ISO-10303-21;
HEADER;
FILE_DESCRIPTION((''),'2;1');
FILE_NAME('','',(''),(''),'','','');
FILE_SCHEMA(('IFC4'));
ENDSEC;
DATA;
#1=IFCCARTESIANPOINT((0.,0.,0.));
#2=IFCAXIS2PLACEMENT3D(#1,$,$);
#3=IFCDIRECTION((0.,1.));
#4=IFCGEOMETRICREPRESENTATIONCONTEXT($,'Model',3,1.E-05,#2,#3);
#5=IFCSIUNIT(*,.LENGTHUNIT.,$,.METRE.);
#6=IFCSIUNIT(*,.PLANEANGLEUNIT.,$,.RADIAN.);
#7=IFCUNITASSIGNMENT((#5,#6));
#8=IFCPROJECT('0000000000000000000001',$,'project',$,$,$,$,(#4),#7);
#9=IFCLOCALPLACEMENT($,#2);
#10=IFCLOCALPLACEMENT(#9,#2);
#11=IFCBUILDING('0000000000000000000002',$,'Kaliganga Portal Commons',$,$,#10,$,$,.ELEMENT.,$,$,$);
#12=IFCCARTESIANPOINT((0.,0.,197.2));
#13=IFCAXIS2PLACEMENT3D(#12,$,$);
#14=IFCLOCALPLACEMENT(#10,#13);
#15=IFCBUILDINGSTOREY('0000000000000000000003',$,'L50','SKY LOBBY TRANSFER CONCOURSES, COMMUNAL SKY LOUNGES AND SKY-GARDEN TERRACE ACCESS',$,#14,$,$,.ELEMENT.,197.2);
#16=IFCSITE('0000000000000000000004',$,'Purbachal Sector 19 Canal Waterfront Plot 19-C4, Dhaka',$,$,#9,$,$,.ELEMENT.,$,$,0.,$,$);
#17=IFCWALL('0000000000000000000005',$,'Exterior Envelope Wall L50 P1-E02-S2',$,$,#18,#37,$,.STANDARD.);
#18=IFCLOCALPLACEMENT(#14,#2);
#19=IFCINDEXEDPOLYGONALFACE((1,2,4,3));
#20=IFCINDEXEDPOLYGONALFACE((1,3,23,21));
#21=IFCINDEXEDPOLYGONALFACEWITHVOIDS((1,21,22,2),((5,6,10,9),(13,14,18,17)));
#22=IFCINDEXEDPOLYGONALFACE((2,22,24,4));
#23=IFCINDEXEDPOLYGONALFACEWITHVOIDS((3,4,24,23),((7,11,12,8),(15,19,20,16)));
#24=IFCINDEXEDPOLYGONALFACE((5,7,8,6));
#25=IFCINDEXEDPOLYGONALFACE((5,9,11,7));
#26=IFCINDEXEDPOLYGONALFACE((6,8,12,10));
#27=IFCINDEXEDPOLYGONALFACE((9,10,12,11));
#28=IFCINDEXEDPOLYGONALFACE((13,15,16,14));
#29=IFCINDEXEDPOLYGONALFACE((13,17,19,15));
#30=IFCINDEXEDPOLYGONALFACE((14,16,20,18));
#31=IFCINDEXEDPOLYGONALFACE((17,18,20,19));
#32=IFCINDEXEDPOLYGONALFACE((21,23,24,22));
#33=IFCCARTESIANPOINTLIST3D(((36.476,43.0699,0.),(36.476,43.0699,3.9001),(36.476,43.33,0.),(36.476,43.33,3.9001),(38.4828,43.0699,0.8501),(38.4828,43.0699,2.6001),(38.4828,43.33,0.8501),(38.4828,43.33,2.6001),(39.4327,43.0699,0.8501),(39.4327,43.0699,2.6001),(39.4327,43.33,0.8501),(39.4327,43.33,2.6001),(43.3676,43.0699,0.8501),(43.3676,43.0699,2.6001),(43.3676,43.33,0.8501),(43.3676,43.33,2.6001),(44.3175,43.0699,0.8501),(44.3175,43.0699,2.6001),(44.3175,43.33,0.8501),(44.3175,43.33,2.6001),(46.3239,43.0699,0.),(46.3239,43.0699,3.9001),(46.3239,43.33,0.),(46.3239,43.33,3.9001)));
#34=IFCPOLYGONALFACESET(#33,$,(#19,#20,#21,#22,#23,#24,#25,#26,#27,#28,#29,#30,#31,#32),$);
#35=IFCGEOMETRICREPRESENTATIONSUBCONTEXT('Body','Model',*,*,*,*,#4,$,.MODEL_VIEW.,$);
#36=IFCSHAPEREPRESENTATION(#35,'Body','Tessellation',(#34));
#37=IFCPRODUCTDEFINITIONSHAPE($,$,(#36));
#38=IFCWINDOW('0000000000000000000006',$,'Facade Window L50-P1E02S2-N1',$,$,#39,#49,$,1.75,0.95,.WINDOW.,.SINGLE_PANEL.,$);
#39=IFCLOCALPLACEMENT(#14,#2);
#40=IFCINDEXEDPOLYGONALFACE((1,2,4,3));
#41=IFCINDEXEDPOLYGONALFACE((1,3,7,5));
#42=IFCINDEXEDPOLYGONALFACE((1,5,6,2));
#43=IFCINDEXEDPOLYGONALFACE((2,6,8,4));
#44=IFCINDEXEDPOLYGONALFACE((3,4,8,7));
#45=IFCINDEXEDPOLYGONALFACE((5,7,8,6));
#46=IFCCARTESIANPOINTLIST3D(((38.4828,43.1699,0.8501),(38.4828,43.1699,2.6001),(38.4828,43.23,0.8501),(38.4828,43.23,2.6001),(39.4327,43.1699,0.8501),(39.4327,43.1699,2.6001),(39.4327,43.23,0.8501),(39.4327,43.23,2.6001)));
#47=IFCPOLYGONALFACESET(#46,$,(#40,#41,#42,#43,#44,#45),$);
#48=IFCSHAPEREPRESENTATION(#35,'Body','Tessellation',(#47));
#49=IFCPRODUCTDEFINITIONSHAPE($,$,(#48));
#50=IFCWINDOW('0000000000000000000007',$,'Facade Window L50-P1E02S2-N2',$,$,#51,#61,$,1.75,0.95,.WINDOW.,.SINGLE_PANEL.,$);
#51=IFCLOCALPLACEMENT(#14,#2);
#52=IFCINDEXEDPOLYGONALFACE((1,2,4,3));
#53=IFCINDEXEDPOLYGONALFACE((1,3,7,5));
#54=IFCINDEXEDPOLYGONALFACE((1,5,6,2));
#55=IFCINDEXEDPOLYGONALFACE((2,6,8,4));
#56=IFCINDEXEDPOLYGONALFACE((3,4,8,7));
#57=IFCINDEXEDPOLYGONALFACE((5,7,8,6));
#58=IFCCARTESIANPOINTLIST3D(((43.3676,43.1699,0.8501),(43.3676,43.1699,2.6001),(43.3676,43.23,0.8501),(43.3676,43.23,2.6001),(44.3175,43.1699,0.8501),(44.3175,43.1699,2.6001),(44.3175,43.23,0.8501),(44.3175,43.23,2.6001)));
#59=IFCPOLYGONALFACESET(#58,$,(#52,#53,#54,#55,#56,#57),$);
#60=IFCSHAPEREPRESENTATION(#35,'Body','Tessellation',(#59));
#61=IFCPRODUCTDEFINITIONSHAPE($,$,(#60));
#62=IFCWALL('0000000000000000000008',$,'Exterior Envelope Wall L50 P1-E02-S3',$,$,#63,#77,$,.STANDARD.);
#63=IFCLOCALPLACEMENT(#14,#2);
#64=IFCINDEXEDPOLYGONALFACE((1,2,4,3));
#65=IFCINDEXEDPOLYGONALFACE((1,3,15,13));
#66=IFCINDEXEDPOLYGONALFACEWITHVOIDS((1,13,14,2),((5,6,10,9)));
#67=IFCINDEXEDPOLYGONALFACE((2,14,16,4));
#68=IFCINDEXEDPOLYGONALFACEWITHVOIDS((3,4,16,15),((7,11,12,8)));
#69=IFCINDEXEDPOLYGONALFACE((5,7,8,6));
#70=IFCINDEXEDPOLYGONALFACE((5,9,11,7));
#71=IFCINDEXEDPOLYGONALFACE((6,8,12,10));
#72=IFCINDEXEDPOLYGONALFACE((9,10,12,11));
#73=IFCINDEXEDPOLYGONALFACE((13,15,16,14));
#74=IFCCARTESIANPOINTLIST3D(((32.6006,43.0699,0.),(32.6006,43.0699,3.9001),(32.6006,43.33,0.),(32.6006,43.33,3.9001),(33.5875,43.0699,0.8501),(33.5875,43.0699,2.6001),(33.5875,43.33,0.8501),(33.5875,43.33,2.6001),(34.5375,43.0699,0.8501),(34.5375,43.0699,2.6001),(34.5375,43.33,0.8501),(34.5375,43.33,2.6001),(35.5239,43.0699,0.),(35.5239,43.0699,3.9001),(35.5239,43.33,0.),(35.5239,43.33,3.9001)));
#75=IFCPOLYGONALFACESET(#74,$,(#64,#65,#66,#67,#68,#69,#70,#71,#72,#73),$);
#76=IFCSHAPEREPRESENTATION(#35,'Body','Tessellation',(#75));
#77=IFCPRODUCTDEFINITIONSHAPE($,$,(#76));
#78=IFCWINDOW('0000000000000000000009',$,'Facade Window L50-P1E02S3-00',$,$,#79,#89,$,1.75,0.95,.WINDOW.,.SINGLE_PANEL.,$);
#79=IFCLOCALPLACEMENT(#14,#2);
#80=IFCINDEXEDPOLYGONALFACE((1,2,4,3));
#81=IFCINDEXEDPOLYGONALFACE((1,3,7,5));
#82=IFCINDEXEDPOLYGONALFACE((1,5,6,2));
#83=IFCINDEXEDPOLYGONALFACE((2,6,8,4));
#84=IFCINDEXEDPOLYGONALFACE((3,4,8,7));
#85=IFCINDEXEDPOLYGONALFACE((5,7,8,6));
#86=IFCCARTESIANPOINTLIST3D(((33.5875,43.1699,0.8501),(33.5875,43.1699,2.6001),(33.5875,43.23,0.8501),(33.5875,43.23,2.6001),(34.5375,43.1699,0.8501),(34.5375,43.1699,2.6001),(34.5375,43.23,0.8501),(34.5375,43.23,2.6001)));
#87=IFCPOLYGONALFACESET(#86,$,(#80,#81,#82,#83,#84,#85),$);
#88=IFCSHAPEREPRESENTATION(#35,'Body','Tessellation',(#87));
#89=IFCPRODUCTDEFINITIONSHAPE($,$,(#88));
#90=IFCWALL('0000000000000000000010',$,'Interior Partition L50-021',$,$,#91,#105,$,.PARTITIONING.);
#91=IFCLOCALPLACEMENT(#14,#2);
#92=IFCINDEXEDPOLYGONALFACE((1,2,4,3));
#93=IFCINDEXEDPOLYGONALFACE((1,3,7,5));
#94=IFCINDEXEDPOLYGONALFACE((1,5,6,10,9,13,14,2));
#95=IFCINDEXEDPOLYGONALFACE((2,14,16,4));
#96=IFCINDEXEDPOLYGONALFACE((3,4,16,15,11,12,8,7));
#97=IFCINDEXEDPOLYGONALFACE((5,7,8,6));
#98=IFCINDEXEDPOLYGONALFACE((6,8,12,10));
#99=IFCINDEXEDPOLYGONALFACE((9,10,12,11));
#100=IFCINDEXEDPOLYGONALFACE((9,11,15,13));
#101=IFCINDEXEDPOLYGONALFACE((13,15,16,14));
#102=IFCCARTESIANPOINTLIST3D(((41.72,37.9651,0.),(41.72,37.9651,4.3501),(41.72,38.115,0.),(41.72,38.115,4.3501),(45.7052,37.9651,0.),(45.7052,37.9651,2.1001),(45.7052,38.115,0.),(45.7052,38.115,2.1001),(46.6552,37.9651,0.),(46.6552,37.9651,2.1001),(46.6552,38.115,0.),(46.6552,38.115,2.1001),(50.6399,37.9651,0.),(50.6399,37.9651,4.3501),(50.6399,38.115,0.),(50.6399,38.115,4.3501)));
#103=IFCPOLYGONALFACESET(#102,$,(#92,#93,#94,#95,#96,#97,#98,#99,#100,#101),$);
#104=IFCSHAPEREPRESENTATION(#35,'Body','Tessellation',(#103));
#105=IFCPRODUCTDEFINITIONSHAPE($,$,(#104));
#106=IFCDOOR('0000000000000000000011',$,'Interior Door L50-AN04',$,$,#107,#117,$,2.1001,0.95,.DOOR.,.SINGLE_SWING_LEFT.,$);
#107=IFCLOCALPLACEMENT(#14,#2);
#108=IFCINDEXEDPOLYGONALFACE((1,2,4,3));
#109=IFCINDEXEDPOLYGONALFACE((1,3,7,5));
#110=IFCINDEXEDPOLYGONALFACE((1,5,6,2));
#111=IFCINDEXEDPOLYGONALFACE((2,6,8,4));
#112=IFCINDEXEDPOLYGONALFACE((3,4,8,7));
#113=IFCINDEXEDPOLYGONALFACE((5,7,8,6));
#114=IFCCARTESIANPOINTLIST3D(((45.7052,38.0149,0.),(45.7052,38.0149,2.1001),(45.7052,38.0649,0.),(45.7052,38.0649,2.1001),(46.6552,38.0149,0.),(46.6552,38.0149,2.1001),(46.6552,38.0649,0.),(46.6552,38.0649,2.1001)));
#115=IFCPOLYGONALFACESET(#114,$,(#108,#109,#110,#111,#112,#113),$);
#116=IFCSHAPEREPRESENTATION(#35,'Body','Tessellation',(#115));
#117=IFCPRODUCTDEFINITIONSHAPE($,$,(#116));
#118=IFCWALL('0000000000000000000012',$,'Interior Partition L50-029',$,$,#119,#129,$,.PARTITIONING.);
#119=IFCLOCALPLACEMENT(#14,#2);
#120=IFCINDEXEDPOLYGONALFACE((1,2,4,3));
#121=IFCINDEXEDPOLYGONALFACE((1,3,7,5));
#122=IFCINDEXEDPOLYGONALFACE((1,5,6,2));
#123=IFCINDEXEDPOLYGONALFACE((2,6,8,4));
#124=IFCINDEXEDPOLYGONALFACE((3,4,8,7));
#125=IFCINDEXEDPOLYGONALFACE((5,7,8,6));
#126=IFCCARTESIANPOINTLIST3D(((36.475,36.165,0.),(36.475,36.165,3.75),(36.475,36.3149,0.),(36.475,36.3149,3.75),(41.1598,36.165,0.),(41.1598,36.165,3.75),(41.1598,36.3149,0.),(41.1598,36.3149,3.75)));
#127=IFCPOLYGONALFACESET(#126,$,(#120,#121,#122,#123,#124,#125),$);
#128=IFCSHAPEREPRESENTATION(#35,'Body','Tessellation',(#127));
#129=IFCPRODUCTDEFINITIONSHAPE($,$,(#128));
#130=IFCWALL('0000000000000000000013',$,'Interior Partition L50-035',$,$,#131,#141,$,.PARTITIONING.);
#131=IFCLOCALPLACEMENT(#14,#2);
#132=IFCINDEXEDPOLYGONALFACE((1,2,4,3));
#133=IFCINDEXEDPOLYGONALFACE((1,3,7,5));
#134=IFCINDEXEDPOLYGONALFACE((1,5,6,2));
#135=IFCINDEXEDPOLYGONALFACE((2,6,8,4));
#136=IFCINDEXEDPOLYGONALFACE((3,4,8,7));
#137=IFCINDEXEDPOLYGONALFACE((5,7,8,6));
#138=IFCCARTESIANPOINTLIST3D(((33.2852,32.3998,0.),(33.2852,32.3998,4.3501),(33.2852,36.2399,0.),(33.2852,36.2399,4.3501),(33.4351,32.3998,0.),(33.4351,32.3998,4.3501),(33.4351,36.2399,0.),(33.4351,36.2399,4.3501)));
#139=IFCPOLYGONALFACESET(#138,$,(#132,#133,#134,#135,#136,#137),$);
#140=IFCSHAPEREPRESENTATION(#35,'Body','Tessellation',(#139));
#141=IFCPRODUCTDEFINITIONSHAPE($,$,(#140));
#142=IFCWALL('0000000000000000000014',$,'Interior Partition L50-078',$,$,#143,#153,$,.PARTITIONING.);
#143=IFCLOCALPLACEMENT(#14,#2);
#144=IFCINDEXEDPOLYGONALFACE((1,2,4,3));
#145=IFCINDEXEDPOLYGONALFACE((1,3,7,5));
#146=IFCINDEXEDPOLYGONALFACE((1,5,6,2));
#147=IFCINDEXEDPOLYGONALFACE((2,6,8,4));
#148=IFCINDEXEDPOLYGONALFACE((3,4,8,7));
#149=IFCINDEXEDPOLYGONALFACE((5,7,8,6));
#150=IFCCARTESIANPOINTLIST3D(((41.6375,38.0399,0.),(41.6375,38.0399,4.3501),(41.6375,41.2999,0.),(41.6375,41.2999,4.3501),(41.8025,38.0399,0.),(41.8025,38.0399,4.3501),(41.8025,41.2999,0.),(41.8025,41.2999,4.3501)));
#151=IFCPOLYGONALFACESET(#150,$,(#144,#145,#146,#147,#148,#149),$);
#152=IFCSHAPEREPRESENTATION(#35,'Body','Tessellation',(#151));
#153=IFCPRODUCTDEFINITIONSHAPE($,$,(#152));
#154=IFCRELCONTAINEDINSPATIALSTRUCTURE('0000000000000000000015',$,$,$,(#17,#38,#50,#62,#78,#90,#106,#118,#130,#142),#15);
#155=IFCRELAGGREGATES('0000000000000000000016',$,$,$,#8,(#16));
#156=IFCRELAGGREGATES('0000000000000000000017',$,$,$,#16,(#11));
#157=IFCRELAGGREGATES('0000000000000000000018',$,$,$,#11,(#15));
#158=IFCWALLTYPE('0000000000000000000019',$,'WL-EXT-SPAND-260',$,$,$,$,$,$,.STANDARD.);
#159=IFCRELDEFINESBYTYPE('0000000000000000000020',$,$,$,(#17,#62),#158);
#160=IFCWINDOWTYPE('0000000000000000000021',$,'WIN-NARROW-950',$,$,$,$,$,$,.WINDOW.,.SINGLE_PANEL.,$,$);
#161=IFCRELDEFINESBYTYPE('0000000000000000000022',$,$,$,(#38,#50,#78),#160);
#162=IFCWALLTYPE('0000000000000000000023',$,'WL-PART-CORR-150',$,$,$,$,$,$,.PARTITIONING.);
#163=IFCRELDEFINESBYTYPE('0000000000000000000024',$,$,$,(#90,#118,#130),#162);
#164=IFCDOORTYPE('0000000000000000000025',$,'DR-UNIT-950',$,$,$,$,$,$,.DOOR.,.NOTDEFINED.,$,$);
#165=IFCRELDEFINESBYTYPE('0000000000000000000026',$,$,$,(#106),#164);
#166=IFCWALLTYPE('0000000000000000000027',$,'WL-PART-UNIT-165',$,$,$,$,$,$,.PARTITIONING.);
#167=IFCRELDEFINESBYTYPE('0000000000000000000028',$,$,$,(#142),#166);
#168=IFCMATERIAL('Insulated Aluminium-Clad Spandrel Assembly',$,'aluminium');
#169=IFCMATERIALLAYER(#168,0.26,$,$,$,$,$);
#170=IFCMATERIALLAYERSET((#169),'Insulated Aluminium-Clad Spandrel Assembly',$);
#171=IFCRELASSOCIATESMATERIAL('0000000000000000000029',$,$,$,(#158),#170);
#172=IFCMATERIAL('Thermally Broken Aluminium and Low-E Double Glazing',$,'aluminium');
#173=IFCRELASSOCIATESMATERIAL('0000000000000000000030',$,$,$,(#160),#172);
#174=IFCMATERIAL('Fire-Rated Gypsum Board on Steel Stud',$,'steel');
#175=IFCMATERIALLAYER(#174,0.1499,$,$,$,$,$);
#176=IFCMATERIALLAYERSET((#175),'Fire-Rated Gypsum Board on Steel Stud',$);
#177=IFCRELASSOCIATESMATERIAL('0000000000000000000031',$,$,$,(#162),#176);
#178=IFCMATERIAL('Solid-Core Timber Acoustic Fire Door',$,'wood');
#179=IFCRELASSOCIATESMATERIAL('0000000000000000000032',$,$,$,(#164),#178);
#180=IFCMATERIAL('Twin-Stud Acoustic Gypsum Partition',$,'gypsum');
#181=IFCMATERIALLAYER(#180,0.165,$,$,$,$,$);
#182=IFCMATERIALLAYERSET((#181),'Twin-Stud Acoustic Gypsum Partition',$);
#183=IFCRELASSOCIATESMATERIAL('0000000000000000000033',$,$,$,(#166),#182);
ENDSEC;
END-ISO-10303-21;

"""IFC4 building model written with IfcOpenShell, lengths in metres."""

from ifc_helpers import new_model, si_unit, direction, frame, frame_2d, origin, place, context, subcontext, project, spatial, rectangle, extrude, material, layer, layer_set, type_object, element, fill, save


model = new_model("IFC4")

# Units and contexts
model_context = context("Model", 3, precision=1e-05, world=origin(), true_north=direction((0.0, 1.0)))
body_context = subcontext(model_context, "Body", "Model", "MODEL_VIEW")
ifc_project = project(units=[si_unit("LENGTHUNIT", "METRE"), si_unit("PLANEANGLEUNIT", "RADIAN")], contexts=[model_context])

# Site, building, storey
site_placement = place(None, origin())
site = spatial("IfcSite", under=ifc_project, at=site_placement, Name="Purbachal Sector 19 Canal Waterfront Plot 19-C4, Dhaka", CompositionType="ELEMENT", RefElevation=0.0)
building_placement = place(site_placement, origin())
building = spatial("IfcBuilding", under=site, at=building_placement, Name="Kaliganga Portal Commons", CompositionType="ELEMENT")
storey_placement = place(building_placement, frame((0.0, 0.0, 197.2)))
storey = spatial("IfcBuildingStorey", under=building, at=storey_placement, Name="L50", Description="SKY LOBBY TRANSFER CONCOURSES, COMMUNAL SKY LOUNGES AND SKY-GARDEN TERRACE ACCESS", CompositionType="ELEMENT", Elevation=197.2)

# Wall, openings, windows
ifc_material_1 = material(Name="Insulated Aluminium-Clad Spandrel Assembly", Category="aluminium")
ifc_layer_1 = layer(ifc_material_1, 0.26)
ifc_layer_set_1 = layer_set([ifc_layer_1], Name="Insulated Aluminium-Clad Spandrel Assembly")
wall_type_1 = type_object("IfcWallType", Name="WL-EXT-SPAND-260", PredefinedType="STANDARD", material=ifc_layer_set_1)
wall_1_placement = place(storey_placement, frame((36.4761, 43.2, 0.0), z_axis=(0.0, 0.0, 1.0), x_axis=(1.0, 0.0, 0.0)))
wall_1 = element("IfcWall", 1, at=wall_1_placement, inside=storey, type_object=wall_type_1, Name="Exterior Envelope Wall L50 P1-E02-S2", PredefinedType="STANDARD", context=body_context, shape_type="SweptSolid", body=[
    extrude(rectangle(XDim=9.8479, YDim=0.26, at=frame_2d((4.9238, 0.0))), origin(), (0.0, 0.0, 1.0), 3.9001),
])
opening_1_placement = place(wall_1_placement, frame((2.0066, 0.0, 0.8501)))
opening_1 = element("IfcOpeningElement", 2, at=opening_1_placement, cuts=wall_1, PredefinedType="OPENING", context=body_context, shape_type="SweptSolid", body=[
    extrude(rectangle(XDim=0.95, YDim=1.75, at=frame_2d((0.4751, 0.875))), frame((0.0, 0.1401, 0.0), z_axis=(0.0, -1.0, 0.0), x_axis=(1.0, 0.0, 0.0)), (0.0, 0.0, 1.0), 0.28),
])
opening_2_placement = place(wall_1_placement, frame((6.8914, 0.0, 0.8501)))
opening_2 = element("IfcOpeningElement", 3, at=opening_2_placement, cuts=wall_1, PredefinedType="OPENING", context=body_context, shape_type="SweptSolid", body=[
    extrude(rectangle(XDim=0.95, YDim=1.75, at=frame_2d((0.4751, 0.875))), frame((0.0, 0.1401, 0.0), z_axis=(0.0, -1.0, 0.0), x_axis=(1.0, 0.0, 0.0)), (0.0, 0.0, 1.0), 0.28),
])
ifc_material_2 = material(Name="Thermally Broken Aluminium and Low-E Double Glazing", Category="aluminium")
window_type = type_object("IfcWindowType", Name="WIN-NARROW-950", PartitioningType="SINGLE_PANEL", PredefinedType="WINDOW", material=ifc_material_2)
window_1_placement = place(opening_1_placement, origin())
window_1 = element("IfcWindow", 4, at=window_1_placement, inside=storey, type_object=window_type, Name="Facade Window L50-P1E02S2-N1", OverallHeight=1.75, OverallWidth=0.95, PartitioningType="SINGLE_PANEL", PredefinedType="WINDOW", context=body_context, shape_type="SweptSolid", body=[
    extrude(rectangle(XDim=0.95, YDim=1.75, at=frame_2d((0.4751, 0.875))), frame((0.0, 0.03, 0.0), z_axis=(0.0, -1.0, 0.0), x_axis=(1.0, 0.0, 0.0)), (0.0, 0.0, 1.0), 0.0601),
])
fill(opening_1, window_1)
window_2_placement = place(opening_2_placement, origin())
window_2 = element("IfcWindow", 5, at=window_2_placement, inside=storey, type_object=window_type, Name="Facade Window L50-P1E02S2-N2", OverallHeight=1.75, OverallWidth=0.95, PartitioningType="SINGLE_PANEL", PredefinedType="WINDOW", context=body_context, shape_type="SweptSolid", body=[
    extrude(rectangle(XDim=0.95, YDim=1.75, at=frame_2d((0.4751, 0.875))), frame((0.0, 0.03, 0.0), z_axis=(0.0, -1.0, 0.0), x_axis=(1.0, 0.0, 0.0)), (0.0, 0.0, 1.0), 0.0601),
])
fill(opening_2, window_2)

# Wall, opening, window
wall_2_placement = place(storey_placement, frame((32.6006, 43.2, 0.0), z_axis=(0.0, 0.0, 1.0), x_axis=(1.0, 0.0, 0.0)))
wall_2 = element("IfcWall", 6, at=wall_2_placement, inside=storey, type_object=wall_type_1, Name="Exterior Envelope Wall L50 P1-E02-S3", PredefinedType="STANDARD", context=body_context, shape_type="SweptSolid", body=[
    extrude(rectangle(XDim=2.9233, YDim=0.26, at=frame_2d((1.4617, 0.0))), origin(), (0.0, 0.0, 1.0), 3.9001),
])
opening_3_placement = place(wall_2_placement, frame((0.9868, 0.0, 0.8501)))
opening_3 = element("IfcOpeningElement", 7, at=opening_3_placement, cuts=wall_2, PredefinedType="OPENING", context=body_context, shape_type="SweptSolid", body=[
    extrude(rectangle(XDim=0.95, YDim=1.75, at=frame_2d((0.4751, 0.875))), frame((0.0, 0.1401, 0.0), z_axis=(0.0, -1.0, 0.0), x_axis=(1.0, 0.0, 0.0)), (0.0, 0.0, 1.0), 0.28),
])
window_3_placement = place(opening_3_placement, origin())
window_3 = element("IfcWindow", 8, at=window_3_placement, inside=storey, type_object=window_type, Name="Facade Window L50-P1E02S3-00", OverallHeight=1.75, OverallWidth=0.95, PartitioningType="SINGLE_PANEL", PredefinedType="WINDOW", context=body_context, shape_type="SweptSolid", body=[
    extrude(rectangle(XDim=0.95, YDim=1.75, at=frame_2d((0.4751, 0.875))), frame((0.0, 0.03, 0.0), z_axis=(0.0, -1.0, 0.0), x_axis=(1.0, 0.0, 0.0)), (0.0, 0.0, 1.0), 0.0601),
])
fill(opening_3, window_3)

# Wall, opening, door
ifc_material_3 = material(Name="Fire-Rated Gypsum Board on Steel Stud", Category="steel")
ifc_layer_2 = layer(ifc_material_3, 0.1499)
ifc_layer_set_2 = layer_set([ifc_layer_2], Name="Fire-Rated Gypsum Board on Steel Stud")
wall_type_2 = type_object("IfcWallType", Name="WL-PART-CORR-150", PredefinedType="PARTITIONING", material=ifc_layer_set_2)
wall_3_placement = place(storey_placement, frame((41.72, 38.04, 0.0), z_axis=(0.0, 0.0, 1.0), x_axis=(1.0, 0.0, 0.0)))
wall_3 = element("IfcWall", 9, at=wall_3_placement, inside=storey, type_object=wall_type_2, Name="Interior Partition L50-021", PredefinedType="PARTITIONING", context=body_context, shape_type="SweptSolid", body=[
    extrude(rectangle(XDim=8.9199, YDim=0.1499, at=frame_2d((4.46, 0.0))), origin(), (0.0, 0.0, 1.0), 4.3501),
])
opening_4_placement = place(wall_3_placement, frame((3.9851, 0.0, 0.0)))
opening_4 = element("IfcOpeningElement", 10, at=opening_4_placement, cuts=wall_3, PredefinedType="OPENING", context=body_context, shape_type="SweptSolid", body=[
    extrude(rectangle(XDim=0.95, YDim=2.1001, at=frame_2d((0.4751, 1.05))), frame((0.0, 0.085, 0.0), z_axis=(0.0, -1.0, 0.0), x_axis=(1.0, 0.0, 0.0)), (0.0, 0.0, 1.0), 0.1699),
])
ifc_material_4 = material(Name="Solid-Core Timber Acoustic Fire Door", Category="wood")
door_type_1 = type_object("IfcDoorType", Name="DR-UNIT-950", OperationType="NOTDEFINED", PredefinedType="DOOR", material=ifc_material_4)
door_1_placement = place(opening_4_placement, origin())
door_1 = element("IfcDoor", 11, at=door_1_placement, inside=storey, type_object=door_type_1, Name="Interior Door L50-AN04", OperationType="SINGLE_SWING_LEFT", OverallHeight=2.1001, OverallWidth=0.95, PredefinedType="DOOR", context=body_context, shape_type="SweptSolid", body=[
    extrude(rectangle(XDim=0.95, YDim=2.1001, at=frame_2d((0.4751, 1.05))), frame((0.0, 0.0249, 0.0), z_axis=(0.0, -1.0, 0.0), x_axis=(1.0, 0.0, 0.0)), (0.0, 0.0, 1.0), 0.05),
])
fill(opening_4, door_1)

# Wall
wall_4_placement = place(storey_placement, frame((36.4751, 36.24, 0.0), z_axis=(0.0, 0.0, 1.0), x_axis=(1.0, 0.0, 0.0)))
element("IfcWall", 12, at=wall_4_placement, inside=storey, type_object=wall_type_2, Name="Interior Partition L50-029", PredefinedType="PARTITIONING", context=body_context, shape_type="SweptSolid", body=[
    extrude(rectangle(XDim=4.6848, YDim=0.1499, at=frame_2d((2.3423, 0.0))), origin(), (0.0, 0.0, 1.0), 3.75),
])

# Walls
wall_5_placement = place(storey_placement, frame((33.3601, 32.3999, 0.0), z_axis=(0.0, 0.0, 1.0), x_axis=(0.0, 1.0, 0.0)))
element("IfcWall", 13, at=wall_5_placement, inside=storey, type_object=wall_type_2, Name="Interior Partition L50-035", PredefinedType="PARTITIONING", context=body_context, shape_type="SweptSolid", body=[
    extrude(rectangle(XDim=3.8401, YDim=0.1499, at=frame_2d((1.9199, 0.0))), origin(), (0.0, 0.0, 1.0), 4.3501),
])
ifc_material_5 = material(Name="Twin-Stud Acoustic Gypsum Partition", Category="gypsum")
ifc_layer_3 = layer(ifc_material_5, 0.165)
ifc_layer_set_3 = layer_set([ifc_layer_3], Name="Twin-Stud Acoustic Gypsum Partition")
wall_type_3 = type_object("IfcWallType", Name="WL-PART-UNIT-165", PredefinedType="PARTITIONING", material=ifc_layer_set_3)
wall_6_placement = place(storey_placement, frame((41.72, 38.04, 0.0), z_axis=(0.0, 0.0, 1.0), x_axis=(0.0, 1.0, 0.0)))
element("IfcWall", 14, at=wall_6_placement, inside=storey, type_object=wall_type_3, Name="Interior Partition L50-078", PredefinedType="PARTITIONING", context=body_context, shape_type="SweptSolid", body=[
    extrude(rectangle(XDim=3.26, YDim=0.165, at=frame_2d((1.6299, 0.0))), origin(), (0.0, 0.0, 1.0), 4.3501),
])

save(model, "model.ifc")
